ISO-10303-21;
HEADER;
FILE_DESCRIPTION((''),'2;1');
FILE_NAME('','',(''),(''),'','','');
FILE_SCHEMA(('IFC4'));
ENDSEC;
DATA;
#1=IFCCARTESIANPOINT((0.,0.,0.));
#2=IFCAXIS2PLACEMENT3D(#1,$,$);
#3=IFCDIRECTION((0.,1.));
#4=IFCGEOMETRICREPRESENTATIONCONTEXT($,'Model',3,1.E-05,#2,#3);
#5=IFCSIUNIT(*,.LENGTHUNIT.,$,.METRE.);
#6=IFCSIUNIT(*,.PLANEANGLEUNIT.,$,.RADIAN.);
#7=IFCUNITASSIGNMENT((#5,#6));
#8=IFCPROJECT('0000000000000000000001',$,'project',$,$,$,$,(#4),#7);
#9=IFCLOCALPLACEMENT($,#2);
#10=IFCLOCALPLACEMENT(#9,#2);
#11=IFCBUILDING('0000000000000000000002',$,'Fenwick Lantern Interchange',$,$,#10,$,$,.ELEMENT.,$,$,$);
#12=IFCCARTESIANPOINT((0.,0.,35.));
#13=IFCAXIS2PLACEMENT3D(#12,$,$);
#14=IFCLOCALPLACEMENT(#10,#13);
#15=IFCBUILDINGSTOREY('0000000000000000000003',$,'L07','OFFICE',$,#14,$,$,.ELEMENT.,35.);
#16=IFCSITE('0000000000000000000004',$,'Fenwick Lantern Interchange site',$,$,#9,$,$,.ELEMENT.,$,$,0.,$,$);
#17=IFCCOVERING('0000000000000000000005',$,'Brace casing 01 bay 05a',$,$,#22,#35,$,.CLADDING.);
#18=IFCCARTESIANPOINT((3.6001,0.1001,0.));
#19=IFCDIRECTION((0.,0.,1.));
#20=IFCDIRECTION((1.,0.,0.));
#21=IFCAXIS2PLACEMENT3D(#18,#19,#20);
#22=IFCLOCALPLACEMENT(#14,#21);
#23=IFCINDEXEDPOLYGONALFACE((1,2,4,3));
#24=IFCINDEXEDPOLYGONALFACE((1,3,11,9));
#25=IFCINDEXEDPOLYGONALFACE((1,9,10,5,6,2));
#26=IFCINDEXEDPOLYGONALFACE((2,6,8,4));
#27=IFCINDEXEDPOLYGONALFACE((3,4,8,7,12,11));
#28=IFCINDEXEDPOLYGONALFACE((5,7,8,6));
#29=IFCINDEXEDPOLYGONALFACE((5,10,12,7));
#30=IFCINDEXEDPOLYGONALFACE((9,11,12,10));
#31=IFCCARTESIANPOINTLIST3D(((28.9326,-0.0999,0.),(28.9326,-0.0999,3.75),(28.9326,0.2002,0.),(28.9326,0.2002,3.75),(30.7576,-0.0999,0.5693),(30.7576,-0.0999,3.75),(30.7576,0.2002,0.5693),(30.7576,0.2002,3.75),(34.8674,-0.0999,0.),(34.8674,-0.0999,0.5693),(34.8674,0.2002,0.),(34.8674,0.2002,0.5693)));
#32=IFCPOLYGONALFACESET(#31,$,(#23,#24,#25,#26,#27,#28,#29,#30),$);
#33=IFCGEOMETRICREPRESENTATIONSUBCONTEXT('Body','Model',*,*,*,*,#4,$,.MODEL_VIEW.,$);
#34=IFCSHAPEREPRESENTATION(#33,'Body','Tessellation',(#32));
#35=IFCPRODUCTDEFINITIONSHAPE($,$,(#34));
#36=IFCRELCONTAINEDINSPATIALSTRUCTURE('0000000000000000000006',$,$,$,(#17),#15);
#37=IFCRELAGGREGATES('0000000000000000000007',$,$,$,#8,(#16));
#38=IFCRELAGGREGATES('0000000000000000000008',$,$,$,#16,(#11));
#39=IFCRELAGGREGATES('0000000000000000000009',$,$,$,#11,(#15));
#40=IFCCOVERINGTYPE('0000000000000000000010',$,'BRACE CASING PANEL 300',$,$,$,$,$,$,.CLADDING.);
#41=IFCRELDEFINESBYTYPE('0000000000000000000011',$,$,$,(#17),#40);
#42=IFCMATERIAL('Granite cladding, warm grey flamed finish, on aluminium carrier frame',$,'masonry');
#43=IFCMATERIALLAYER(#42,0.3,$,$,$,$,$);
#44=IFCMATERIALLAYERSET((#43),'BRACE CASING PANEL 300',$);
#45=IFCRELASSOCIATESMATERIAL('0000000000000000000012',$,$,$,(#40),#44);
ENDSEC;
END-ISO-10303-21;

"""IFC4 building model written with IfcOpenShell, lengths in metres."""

from ifc_helpers import new_model, si_unit, direction, frame, origin, place, context, subcontext, project, spatial, polyline, outline, extrude, material, layer, layer_set, type_object, element, save


model = new_model("IFC4")

# Units and contexts
model_context = context("Model", 3, precision=1e-05, world=origin(), true_north=direction((0.0, 1.0)))
body_context = subcontext(model_context, "Body", "Model", "MODEL_VIEW")
ifc_project = project(units=[si_unit("LENGTHUNIT", "METRE"), si_unit("PLANEANGLEUNIT", "RADIAN")], contexts=[model_context])

# Site, building, storey
site_placement = place(None, origin())
site = spatial("IfcSite", under=ifc_project, at=site_placement, Name="Fenwick Lantern Interchange site", CompositionType="ELEMENT", RefElevation=0.0)
building_placement = place(site_placement, origin())
building = spatial("IfcBuilding", under=site, at=building_placement, Name="Fenwick Lantern Interchange", CompositionType="ELEMENT")
storey_placement = place(building_placement, frame((0.0, 0.0, 35.0)))
storey = spatial("IfcBuildingStorey", under=building, at=storey_placement, Name="L07", Description="OFFICE", CompositionType="ELEMENT", Elevation=35.0)

# Covering
ifc_material_1 = material(Name="Granite cladding, warm grey flamed finish, on aluminium carrier frame", Category="masonry")
ifc_layer_1 = layer(ifc_material_1, 0.3)
ifc_layer_set_1 = layer_set([ifc_layer_1], Name="BRACE CASING PANEL 300")
covering_type_1 = type_object("IfcCoveringType", Name="BRACE CASING PANEL 300", PredefinedType="CLADDING", material=ifc_layer_set_1)
covering_1_placement = place(storey_placement, frame((3.6001, 0.1001, 0.0), z_axis=(0.0, 0.0, 1.0), x_axis=(1.0, 0.0, 0.0)))
element("IfcCovering", 1, at=covering_1_placement, inside=storey, type_object=covering_type_1, Name="Brace casing 01 bay 05a", PredefinedType="CLADDING", context=body_context, shape_type="SweptSolid", body=[
    extrude(outline(polyline([(28.9326, 0.0), (34.8674, 0.0), (34.8674, 0.5693), (30.7576, 0.5693), (30.7576, 3.75), (28.9326, 3.75), (28.9326, 0.0)])), frame((0.0, 0.2002, 0.0), z_axis=(0.0, -1.0, 0.0), x_axis=(1.0, 0.0, 0.0)), (0.0, 0.0, 1.0), 0.3),
])

save(model, "model.ifc")
